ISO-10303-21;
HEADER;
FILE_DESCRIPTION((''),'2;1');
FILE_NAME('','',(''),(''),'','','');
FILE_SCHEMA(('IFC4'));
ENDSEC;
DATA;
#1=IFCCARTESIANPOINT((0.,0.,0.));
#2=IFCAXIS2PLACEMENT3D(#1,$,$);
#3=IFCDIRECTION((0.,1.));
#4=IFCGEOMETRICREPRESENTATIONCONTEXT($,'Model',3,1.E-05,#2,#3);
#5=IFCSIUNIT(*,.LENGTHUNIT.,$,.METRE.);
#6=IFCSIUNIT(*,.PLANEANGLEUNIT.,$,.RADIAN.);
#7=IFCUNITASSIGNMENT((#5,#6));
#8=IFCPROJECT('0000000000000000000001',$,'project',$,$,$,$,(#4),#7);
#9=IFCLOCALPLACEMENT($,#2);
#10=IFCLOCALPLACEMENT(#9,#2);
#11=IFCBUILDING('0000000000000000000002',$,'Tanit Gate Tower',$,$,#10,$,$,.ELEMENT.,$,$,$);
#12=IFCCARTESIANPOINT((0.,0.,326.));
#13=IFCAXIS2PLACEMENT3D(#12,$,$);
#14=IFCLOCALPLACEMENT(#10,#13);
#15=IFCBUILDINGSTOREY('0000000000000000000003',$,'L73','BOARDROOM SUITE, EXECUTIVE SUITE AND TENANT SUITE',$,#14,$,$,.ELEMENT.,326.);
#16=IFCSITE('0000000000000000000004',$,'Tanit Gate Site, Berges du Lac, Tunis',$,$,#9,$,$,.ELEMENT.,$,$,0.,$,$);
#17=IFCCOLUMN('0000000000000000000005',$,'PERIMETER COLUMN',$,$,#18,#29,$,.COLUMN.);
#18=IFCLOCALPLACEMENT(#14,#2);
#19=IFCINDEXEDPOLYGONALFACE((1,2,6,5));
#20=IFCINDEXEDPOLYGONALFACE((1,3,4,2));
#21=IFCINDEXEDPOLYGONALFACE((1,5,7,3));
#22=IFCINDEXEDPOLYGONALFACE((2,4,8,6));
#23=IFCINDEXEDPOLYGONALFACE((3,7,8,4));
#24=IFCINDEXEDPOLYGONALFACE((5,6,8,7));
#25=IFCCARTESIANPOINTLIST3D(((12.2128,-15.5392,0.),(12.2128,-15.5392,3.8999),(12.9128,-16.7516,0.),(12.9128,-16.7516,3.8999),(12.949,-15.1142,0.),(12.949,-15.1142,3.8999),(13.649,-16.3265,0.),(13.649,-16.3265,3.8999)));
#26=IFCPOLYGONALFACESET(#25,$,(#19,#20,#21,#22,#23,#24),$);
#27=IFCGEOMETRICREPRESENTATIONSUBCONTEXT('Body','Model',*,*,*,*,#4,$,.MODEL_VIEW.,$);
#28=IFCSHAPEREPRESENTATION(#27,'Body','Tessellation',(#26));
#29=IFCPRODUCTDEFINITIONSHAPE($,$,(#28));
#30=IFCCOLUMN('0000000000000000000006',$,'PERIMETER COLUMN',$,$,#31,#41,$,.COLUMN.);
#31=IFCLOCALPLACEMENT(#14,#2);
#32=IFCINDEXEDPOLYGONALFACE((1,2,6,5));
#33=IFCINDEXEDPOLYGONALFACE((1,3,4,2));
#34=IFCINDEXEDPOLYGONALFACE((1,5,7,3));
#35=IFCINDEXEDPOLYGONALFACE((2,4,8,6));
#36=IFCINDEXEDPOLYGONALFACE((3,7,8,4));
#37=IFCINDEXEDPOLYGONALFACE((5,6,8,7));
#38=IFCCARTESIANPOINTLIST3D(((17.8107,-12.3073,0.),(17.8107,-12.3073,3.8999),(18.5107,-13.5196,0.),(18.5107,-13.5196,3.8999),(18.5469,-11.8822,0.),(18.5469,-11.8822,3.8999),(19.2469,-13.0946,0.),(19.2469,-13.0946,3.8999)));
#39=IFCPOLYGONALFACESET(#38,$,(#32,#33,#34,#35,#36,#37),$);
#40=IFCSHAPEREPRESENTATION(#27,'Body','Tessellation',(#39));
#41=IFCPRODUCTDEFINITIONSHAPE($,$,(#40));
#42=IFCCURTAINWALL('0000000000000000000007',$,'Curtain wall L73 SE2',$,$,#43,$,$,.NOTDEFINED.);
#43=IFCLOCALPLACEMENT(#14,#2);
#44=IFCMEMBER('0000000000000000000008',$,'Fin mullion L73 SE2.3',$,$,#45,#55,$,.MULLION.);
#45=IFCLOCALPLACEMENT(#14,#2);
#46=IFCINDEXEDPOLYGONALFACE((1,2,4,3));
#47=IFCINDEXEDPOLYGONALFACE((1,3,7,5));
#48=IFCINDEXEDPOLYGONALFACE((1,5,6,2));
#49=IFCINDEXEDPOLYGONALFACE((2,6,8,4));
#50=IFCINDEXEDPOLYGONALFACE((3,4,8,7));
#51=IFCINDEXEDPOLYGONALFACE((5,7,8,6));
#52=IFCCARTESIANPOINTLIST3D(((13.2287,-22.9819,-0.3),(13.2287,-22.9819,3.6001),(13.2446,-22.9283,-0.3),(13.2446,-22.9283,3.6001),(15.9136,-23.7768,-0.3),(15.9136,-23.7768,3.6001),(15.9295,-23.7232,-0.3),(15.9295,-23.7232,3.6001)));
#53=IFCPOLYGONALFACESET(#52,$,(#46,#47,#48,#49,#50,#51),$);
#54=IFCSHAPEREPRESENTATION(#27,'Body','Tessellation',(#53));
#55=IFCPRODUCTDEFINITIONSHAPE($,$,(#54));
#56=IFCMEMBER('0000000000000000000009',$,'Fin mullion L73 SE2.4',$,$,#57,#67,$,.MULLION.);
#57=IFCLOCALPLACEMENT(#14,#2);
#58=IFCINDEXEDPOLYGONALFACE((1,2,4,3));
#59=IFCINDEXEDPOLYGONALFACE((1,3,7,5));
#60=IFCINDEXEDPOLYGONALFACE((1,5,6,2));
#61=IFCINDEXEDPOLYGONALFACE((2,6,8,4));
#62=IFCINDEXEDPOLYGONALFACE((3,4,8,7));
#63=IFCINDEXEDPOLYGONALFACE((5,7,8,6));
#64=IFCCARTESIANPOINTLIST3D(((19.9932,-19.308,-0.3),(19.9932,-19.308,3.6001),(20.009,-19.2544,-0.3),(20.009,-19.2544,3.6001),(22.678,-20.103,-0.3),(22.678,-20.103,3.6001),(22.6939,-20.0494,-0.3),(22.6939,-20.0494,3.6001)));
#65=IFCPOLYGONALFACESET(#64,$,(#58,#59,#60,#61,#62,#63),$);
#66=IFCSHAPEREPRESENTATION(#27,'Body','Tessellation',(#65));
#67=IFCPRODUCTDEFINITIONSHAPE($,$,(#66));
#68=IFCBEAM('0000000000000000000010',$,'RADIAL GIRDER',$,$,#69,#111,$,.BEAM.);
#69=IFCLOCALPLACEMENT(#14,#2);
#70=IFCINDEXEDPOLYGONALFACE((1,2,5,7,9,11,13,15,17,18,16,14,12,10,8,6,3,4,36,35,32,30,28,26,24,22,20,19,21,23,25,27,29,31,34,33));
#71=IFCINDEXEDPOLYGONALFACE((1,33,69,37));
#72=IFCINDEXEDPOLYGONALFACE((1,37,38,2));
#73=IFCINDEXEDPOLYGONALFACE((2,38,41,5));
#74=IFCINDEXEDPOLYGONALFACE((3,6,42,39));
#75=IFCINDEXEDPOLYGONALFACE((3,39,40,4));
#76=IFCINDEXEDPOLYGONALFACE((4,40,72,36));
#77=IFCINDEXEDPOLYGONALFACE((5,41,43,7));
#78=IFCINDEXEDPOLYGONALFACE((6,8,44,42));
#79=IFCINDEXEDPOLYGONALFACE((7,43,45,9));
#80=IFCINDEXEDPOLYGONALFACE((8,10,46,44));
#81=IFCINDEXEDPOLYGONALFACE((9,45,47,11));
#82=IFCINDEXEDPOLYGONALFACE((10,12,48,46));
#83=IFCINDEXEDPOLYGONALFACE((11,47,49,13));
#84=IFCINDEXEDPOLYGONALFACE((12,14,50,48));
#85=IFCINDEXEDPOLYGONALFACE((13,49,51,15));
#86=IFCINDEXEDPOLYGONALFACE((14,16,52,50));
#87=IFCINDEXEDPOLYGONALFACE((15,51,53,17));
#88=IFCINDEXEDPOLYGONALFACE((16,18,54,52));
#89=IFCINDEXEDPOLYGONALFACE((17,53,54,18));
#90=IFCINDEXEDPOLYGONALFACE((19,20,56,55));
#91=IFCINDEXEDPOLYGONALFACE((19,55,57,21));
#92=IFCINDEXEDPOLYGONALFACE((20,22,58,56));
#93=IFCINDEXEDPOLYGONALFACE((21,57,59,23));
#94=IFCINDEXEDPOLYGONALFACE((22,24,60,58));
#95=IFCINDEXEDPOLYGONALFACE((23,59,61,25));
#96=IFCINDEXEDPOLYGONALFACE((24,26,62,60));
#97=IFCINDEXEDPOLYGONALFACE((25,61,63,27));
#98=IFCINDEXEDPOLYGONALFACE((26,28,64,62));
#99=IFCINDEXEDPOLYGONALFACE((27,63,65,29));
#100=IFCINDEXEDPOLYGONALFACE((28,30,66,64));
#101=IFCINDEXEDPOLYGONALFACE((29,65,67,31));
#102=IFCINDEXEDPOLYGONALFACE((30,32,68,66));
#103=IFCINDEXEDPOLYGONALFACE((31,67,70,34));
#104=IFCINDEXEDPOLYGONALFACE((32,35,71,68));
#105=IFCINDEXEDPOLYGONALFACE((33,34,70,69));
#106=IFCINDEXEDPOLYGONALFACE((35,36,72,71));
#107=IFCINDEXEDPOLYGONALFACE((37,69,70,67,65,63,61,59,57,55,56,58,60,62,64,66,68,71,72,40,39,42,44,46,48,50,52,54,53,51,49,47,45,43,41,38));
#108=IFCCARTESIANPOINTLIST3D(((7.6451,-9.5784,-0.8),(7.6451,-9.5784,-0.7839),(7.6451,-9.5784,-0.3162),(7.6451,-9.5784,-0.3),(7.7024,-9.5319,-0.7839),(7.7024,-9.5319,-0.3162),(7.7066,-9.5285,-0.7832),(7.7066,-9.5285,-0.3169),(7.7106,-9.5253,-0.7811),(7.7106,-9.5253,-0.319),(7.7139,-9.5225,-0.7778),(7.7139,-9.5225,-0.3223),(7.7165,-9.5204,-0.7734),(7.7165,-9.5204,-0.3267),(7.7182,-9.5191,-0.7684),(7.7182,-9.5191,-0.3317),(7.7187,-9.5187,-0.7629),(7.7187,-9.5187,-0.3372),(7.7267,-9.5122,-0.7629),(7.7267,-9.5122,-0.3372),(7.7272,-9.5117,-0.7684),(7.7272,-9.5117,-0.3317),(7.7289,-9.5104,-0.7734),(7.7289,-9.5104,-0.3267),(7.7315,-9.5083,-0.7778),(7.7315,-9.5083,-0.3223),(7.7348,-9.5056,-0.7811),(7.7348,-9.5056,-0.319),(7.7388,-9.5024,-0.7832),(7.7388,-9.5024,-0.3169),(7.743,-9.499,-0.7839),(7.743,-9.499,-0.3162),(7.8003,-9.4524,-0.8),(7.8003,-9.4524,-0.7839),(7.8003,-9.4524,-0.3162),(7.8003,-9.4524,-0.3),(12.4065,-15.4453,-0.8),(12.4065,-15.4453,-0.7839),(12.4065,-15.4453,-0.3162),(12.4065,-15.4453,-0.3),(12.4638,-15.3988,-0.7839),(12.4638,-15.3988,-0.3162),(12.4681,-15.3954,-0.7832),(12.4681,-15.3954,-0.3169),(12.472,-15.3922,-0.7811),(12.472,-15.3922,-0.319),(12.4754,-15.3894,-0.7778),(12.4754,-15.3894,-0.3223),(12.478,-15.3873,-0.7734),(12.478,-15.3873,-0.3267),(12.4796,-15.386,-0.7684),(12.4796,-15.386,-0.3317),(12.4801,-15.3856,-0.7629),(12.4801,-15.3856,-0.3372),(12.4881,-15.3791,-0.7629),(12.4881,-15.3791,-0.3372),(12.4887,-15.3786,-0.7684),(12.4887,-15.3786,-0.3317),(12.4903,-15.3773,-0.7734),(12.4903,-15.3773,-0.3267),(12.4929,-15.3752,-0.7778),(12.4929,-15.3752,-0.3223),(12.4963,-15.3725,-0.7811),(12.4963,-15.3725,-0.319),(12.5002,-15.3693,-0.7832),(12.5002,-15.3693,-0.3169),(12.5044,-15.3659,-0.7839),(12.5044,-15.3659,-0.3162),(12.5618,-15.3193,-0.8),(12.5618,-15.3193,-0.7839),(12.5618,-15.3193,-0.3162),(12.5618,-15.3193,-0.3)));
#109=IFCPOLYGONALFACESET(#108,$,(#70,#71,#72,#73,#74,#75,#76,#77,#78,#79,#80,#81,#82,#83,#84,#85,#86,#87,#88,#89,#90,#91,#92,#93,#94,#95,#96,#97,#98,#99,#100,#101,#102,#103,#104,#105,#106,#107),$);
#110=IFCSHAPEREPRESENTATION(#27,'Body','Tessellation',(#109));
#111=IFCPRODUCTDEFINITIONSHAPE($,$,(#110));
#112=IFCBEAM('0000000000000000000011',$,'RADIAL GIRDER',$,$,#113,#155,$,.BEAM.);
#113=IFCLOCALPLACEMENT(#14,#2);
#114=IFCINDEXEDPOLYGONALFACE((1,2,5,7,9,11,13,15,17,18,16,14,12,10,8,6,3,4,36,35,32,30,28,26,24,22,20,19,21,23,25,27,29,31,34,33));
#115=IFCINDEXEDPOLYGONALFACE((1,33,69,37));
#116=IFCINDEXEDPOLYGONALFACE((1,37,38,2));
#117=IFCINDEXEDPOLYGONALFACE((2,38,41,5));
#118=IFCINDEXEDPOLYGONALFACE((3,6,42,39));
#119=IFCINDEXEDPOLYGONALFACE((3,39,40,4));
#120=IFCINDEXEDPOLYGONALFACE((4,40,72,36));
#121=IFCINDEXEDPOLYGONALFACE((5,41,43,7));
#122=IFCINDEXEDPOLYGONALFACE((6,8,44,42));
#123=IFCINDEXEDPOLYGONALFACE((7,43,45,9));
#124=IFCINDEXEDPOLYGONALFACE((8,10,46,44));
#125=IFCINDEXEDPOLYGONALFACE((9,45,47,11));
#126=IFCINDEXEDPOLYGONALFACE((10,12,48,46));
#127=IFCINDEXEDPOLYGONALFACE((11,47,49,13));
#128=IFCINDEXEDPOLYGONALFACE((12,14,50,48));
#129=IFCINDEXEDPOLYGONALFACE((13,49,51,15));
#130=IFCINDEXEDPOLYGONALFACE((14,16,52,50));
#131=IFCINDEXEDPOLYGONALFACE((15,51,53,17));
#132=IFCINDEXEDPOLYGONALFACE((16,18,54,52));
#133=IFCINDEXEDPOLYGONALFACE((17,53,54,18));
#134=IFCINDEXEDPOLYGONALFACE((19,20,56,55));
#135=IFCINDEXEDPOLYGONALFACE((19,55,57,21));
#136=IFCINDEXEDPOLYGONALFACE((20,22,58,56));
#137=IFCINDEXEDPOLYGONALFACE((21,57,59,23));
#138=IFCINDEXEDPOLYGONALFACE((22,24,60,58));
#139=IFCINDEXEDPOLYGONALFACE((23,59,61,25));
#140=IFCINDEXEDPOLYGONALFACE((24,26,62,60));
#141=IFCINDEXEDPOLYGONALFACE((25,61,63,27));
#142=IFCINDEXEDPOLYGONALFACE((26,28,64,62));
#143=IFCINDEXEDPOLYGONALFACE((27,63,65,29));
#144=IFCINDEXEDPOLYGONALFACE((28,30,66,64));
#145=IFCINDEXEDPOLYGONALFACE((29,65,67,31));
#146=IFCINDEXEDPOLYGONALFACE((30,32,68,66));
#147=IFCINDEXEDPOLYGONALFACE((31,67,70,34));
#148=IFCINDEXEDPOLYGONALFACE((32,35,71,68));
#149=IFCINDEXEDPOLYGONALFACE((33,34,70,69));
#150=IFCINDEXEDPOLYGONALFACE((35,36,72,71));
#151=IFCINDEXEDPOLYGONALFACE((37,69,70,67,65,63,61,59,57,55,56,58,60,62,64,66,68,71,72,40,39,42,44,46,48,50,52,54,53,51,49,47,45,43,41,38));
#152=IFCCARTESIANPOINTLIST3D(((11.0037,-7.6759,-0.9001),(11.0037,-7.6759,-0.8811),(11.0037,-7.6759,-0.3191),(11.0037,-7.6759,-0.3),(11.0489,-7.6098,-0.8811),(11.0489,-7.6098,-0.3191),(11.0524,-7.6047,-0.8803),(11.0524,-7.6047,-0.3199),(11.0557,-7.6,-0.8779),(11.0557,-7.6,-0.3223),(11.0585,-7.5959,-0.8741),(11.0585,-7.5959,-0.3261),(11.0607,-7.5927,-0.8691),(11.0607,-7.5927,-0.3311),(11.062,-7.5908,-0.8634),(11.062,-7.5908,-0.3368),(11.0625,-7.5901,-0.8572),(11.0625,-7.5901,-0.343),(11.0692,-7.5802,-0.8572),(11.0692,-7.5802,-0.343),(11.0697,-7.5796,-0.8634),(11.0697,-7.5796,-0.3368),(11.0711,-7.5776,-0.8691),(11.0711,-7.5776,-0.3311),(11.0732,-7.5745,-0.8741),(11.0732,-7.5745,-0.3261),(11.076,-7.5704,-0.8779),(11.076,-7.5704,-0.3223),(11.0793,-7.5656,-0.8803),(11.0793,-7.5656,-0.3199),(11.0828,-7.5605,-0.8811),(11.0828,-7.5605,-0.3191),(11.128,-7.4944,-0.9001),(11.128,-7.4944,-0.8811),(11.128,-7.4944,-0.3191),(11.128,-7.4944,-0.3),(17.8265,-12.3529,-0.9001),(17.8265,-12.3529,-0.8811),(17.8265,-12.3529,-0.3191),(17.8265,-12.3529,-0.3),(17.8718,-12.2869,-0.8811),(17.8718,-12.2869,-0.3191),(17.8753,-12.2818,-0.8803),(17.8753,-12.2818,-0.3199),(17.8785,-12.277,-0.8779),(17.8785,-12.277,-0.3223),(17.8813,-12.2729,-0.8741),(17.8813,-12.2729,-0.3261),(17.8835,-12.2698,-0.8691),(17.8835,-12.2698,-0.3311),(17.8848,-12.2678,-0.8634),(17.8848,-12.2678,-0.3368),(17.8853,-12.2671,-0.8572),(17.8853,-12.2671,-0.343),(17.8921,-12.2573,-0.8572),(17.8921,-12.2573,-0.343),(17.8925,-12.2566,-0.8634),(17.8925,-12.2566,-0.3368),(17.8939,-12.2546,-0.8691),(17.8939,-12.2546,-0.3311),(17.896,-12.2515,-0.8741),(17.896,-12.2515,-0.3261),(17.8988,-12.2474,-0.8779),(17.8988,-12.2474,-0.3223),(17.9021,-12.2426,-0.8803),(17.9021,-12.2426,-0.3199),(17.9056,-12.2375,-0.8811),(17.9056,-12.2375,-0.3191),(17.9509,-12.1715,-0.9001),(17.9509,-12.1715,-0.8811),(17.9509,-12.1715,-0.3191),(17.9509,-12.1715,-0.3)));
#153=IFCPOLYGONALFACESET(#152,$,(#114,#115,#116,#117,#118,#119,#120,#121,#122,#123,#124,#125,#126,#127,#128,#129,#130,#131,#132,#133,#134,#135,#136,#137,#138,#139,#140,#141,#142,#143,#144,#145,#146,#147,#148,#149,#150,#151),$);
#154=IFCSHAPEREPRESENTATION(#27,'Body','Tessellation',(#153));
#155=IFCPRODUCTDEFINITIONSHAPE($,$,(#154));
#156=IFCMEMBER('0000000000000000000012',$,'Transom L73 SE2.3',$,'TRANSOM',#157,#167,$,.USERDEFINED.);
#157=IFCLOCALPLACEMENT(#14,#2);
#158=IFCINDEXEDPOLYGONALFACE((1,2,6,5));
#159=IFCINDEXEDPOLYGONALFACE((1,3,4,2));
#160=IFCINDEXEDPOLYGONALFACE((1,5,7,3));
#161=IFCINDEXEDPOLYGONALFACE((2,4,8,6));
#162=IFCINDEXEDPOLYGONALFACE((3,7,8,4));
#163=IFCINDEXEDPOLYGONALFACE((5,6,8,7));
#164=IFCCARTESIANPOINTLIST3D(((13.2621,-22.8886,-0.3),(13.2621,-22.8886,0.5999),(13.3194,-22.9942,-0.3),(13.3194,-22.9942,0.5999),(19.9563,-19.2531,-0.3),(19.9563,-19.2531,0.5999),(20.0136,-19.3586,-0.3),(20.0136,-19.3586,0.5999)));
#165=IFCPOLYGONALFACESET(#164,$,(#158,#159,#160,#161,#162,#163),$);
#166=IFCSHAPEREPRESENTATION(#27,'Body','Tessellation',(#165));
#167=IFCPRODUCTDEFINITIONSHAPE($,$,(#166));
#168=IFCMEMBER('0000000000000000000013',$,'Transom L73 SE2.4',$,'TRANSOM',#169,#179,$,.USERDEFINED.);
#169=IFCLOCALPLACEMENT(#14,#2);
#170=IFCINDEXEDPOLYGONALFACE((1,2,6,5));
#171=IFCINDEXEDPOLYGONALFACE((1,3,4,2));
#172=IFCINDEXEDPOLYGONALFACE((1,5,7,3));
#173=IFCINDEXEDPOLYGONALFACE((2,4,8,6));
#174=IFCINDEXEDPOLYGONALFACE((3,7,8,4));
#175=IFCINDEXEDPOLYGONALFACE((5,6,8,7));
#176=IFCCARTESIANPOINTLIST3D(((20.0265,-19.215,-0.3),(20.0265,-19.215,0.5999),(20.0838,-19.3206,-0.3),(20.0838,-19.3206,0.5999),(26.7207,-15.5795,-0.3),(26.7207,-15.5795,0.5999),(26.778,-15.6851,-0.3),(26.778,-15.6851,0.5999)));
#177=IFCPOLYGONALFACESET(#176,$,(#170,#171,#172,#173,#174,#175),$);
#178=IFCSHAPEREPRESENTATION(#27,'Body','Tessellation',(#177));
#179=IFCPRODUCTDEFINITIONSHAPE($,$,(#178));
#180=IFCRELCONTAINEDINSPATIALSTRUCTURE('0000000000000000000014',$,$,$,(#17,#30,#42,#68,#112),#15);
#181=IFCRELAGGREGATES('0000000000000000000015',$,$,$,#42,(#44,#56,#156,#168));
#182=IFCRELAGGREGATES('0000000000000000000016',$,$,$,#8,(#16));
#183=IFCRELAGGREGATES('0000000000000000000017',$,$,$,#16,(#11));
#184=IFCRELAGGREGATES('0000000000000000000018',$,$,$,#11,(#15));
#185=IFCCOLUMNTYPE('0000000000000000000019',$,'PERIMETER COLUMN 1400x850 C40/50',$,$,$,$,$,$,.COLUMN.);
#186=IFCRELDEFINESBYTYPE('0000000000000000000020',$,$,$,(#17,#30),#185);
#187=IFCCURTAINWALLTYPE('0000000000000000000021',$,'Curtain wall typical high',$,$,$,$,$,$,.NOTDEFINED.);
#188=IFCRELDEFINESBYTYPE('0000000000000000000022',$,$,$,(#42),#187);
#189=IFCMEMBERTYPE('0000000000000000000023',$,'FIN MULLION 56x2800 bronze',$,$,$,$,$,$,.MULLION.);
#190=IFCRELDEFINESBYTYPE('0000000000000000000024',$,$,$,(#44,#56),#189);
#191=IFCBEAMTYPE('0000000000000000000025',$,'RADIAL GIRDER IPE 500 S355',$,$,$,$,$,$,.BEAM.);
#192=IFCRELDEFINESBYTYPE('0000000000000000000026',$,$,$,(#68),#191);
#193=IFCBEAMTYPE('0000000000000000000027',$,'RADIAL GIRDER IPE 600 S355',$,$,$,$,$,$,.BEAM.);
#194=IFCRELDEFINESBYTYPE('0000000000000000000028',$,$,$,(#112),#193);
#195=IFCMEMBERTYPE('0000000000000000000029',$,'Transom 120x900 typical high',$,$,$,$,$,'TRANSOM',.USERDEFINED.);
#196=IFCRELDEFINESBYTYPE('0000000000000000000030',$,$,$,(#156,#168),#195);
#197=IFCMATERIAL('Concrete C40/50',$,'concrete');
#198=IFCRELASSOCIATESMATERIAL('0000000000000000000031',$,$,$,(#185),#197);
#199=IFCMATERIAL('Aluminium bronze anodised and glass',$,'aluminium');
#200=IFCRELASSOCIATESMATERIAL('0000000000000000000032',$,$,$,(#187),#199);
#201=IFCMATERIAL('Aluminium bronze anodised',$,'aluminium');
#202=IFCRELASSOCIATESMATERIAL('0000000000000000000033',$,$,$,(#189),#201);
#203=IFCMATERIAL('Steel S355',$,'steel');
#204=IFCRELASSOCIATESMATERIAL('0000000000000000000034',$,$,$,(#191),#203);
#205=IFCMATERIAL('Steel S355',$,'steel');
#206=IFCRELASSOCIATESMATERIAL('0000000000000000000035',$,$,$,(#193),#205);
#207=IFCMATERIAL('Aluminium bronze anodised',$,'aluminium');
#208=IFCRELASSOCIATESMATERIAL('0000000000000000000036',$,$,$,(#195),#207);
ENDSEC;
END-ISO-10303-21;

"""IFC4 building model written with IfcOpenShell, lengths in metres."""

from ifc_helpers import new_model, si_unit, direction, frame, origin, origin_2d, place, context, subcontext, project, spatial, rectangle, i_section, extrude, material, material_profile, profile_set, type_object, element, aggregate, save


model = new_model("IFC4")

# Units and contexts
model_context = context("Model", 3, precision=1e-05, world=origin(), true_north=direction((0.0, 1.0)))
body_context = subcontext(model_context, "Body", "Model", "MODEL_VIEW")
ifc_project = project(units=[si_unit("LENGTHUNIT", "METRE"), si_unit("PLANEANGLEUNIT", "RADIAN")], contexts=[model_context])

# Site, building, storey
site_placement = place(None, origin())
site = spatial("IfcSite", under=ifc_project, at=site_placement, Name="Tanit Gate Site, Berges du Lac, Tunis", CompositionType="ELEMENT", RefElevation=0.0)
building_placement = place(site_placement, origin())
building = spatial("IfcBuilding", under=site, at=building_placement, Name="Tanit Gate Tower", CompositionType="ELEMENT")
storey_placement = place(building_placement, frame((0.0, 0.0, 326.0)))
storey = spatial("IfcBuildingStorey", under=building, at=storey_placement, Name="L73", Description="BOARDROOM SUITE, EXECUTIVE SUITE AND TENANT SUITE", CompositionType="ELEMENT", Elevation=326.0)

# Columns
ifc_material_1 = material(Name="Concrete C40/50", Category="concrete")
ifc_material_profile_1 = material_profile(ifc_material_1, rectangle(XDim=1.3999, YDim=0.8501, at=origin_2d()), Name="RC 1400x850")
ifc_profile_set_1 = profile_set([ifc_material_profile_1], Name="Concrete C40/50")
column_type = type_object("IfcColumnType", Name="PERIMETER COLUMN 1400x850 C40/50", PredefinedType="COLUMN", material=ifc_profile_set_1)
for number, where, z_axis, x_axis, name in (
    (1, (12.9309, -15.9329, 0.0), (0.0, 0.0, 1.0), (0.5, -0.866025, 0.0), "PERIMETER COLUMN"),
    (2, (18.5288, -12.7009, 0.0), (0.0, 0.0, 1.0), (0.5, -0.866025, 0.0), "PERIMETER COLUMN"),
):
    element("IfcColumn", number, at=place(storey_placement, frame(where, z_axis=z_axis, x_axis=x_axis)), inside=storey, type_object=column_type, Name=name, PredefinedType="COLUMN", context=body_context, shape_type="SweptSolid", body=[
        extrude(rectangle(XDim=1.3999, YDim=0.8501, at=origin_2d()), origin(), (0.0, 0.0, 1.0), 3.8999),
    ])

# Curtain wall, members
ifc_material_2 = material(Name="Aluminium bronze anodised and glass", Category="aluminium")
curtain_wall_type = type_object("IfcCurtainWallType", Name="Curtain wall typical high", PredefinedType="NOTDEFINED", material=ifc_material_2)
curtain_wall_placement = place(storey_placement, origin())
curtain_wall = element("IfcCurtainWall", 3, at=curtain_wall_placement, inside=storey, type_object=curtain_wall_type, Name="Curtain wall L73 SE2", PredefinedType="NOTDEFINED")
ifc_material_3 = material(Name="Aluminium bronze anodised", Category="aluminium")
ifc_material_profile_2 = material_profile(ifc_material_3, rectangle(XDim=2.8, YDim=0.0559, at=origin_2d()), Name="56x2800 bronze fin mullion")
ifc_profile_set_2 = profile_set([ifc_material_profile_2], Name="Aluminium bronze anodised")
member_type_1 = type_object("IfcMemberType", Name="FIN MULLION 56x2800 bronze", PredefinedType="MULLION", material=ifc_profile_set_2)
member_1_placement = place(storey_placement, frame((14.5791, -23.3525, -0.3), z_axis=(0.0, 0.0, 1.0), x_axis=(-0.958852, 0.283906, 0.0)))
member_1 = element("IfcMember", 4, at=member_1_placement, type_object=member_type_1, Name="Fin mullion L73 SE2.3", PredefinedType="MULLION", context=body_context, shape_type="SweptSolid", body=[
    extrude(rectangle(XDim=2.8, YDim=0.0559, at=origin_2d()), origin(), (0.0, 0.0, 1.0), 3.9001),
])
member_2_placement = place(storey_placement, frame((21.3435, -19.6787, -0.3), z_axis=(0.0, 0.0, 1.0), x_axis=(-0.958852, 0.283906, 0.0)))
member_2 = element("IfcMember", 5, at=member_2_placement, type_object=member_type_1, Name="Fin mullion L73 SE2.4", PredefinedType="MULLION", context=body_context, shape_type="SweptSolid", body=[
    extrude(rectangle(XDim=2.8, YDim=0.0559, at=origin_2d()), origin(), (0.0, 0.0, 1.0), 3.9001),
])

# Beams
ifc_material_4 = material(Name="Steel S355", Category="steel")
ifc_material_profile_3 = material_profile(ifc_material_4, i_section(OverallWidth=0.2, OverallDepth=0.5, WebThickness=0.0103, FlangeThickness=0.0161, FilletRadius=0.021, at=origin_2d()), Name="IPE 500")
ifc_profile_set_3 = profile_set([ifc_material_profile_3], Name="Steel S355")
beam_type_1 = type_object("IfcBeamType", Name="RADIAL GIRDER IPE 500 S355", PredefinedType="BEAM", material=ifc_profile_set_3)
beam_1_placement = place(storey_placement, frame((12.4841, -15.3823, -0.55), z_axis=(-0.630161, 0.776465, 0.0), x_axis=(-0.776465, -0.630161, 0.0)))
element("IfcBeam", 6, at=beam_1_placement, inside=storey, type_object=beam_type_1, Name="RADIAL GIRDER", PredefinedType="BEAM", context=body_context, shape_type="SweptSolid", body=[
    extrude(i_section(OverallWidth=0.2, OverallDepth=0.5, WebThickness=0.0103, FlangeThickness=0.0161, FilletRadius=0.021, at=origin_2d()), origin(), (0.0, 0.0, 1.0), 7.5559),
])
ifc_material_5 = material(Name="Steel S355", Category="steel")
ifc_material_profile_4 = material_profile(ifc_material_5, i_section(OverallWidth=0.22, OverallDepth=0.6001, WebThickness=0.012, FlangeThickness=0.019, FilletRadius=0.0239, at=origin_2d()), Name="IPE 600")
ifc_profile_set_4 = profile_set([ifc_material_profile_4], Name="Steel S355")
beam_type_2 = type_object("IfcBeamType", Name="RADIAL GIRDER IPE 600 S355", PredefinedType="BEAM", material=ifc_profile_set_4)
beam_2_placement = place(storey_placement, frame((17.8887, -12.2622, -0.6001), z_axis=(-0.824811, 0.565408, 0.0), x_axis=(-0.565408, -0.824811, 0.0)))
element("IfcBeam", 7, at=beam_2_placement, inside=storey, type_object=beam_type_2, Name="RADIAL GIRDER", PredefinedType="BEAM", context=body_context, shape_type="SweptSolid", body=[
    extrude(i_section(OverallWidth=0.22, OverallDepth=0.6001, WebThickness=0.012, FlangeThickness=0.019, FilletRadius=0.0239, at=origin_2d()), origin(), (0.0, 0.0, 1.0), 8.272),
])

# Members
ifc_material_6 = material(Name="Aluminium bronze anodised", Category="aluminium")
ifc_material_profile_5 = material_profile(ifc_material_6, rectangle(XDim=0.1201, YDim=0.8999, at=origin_2d()), Name="120x900 bronze transom")
ifc_profile_set_5 = profile_set([ifc_material_profile_5], Name="Aluminium bronze anodised")
member_type_2 = type_object("IfcMemberType", Name="Transom 120x900 typical high", ElementType="TRANSOM", PredefinedType="USERDEFINED", material=ifc_profile_set_5)
member_3_placement = place(storey_placement, frame((13.2908, -22.9414, 0.1499), z_axis=(0.878767, 0.47725, 0.0), x_axis=(-0.47725, 0.878767, 0.0)))
member_3 = element("IfcMember", 8, at=member_3_placement, type_object=member_type_2, Name="Transom L73 SE2.3", ObjectType="TRANSOM", PredefinedType="USERDEFINED", context=body_context, shape_type="SweptSolid", body=[
    extrude(rectangle(XDim=0.1201, YDim=0.8999, at=origin_2d()), origin(), (0.0, 0.0, 1.0), 7.6177),
])
member_4_placement = place(storey_placement, frame((20.0552, -19.2678, 0.1499), z_axis=(0.878767, 0.47725, 0.0), x_axis=(-0.47725, 0.878767, 0.0)))
member_4 = element("IfcMember", 9, at=member_4_placement, type_object=member_type_2, Name="Transom L73 SE2.4", ObjectType="TRANSOM", PredefinedType="USERDEFINED", context=body_context, shape_type="SweptSolid", body=[
    extrude(rectangle(XDim=0.1201, YDim=0.8999, at=origin_2d()), origin(), (0.0, 0.0, 1.0), 7.6177),
])

aggregate(curtain_wall, [member_1, member_2, member_3, member_4])

save(model, "model.ifc")
